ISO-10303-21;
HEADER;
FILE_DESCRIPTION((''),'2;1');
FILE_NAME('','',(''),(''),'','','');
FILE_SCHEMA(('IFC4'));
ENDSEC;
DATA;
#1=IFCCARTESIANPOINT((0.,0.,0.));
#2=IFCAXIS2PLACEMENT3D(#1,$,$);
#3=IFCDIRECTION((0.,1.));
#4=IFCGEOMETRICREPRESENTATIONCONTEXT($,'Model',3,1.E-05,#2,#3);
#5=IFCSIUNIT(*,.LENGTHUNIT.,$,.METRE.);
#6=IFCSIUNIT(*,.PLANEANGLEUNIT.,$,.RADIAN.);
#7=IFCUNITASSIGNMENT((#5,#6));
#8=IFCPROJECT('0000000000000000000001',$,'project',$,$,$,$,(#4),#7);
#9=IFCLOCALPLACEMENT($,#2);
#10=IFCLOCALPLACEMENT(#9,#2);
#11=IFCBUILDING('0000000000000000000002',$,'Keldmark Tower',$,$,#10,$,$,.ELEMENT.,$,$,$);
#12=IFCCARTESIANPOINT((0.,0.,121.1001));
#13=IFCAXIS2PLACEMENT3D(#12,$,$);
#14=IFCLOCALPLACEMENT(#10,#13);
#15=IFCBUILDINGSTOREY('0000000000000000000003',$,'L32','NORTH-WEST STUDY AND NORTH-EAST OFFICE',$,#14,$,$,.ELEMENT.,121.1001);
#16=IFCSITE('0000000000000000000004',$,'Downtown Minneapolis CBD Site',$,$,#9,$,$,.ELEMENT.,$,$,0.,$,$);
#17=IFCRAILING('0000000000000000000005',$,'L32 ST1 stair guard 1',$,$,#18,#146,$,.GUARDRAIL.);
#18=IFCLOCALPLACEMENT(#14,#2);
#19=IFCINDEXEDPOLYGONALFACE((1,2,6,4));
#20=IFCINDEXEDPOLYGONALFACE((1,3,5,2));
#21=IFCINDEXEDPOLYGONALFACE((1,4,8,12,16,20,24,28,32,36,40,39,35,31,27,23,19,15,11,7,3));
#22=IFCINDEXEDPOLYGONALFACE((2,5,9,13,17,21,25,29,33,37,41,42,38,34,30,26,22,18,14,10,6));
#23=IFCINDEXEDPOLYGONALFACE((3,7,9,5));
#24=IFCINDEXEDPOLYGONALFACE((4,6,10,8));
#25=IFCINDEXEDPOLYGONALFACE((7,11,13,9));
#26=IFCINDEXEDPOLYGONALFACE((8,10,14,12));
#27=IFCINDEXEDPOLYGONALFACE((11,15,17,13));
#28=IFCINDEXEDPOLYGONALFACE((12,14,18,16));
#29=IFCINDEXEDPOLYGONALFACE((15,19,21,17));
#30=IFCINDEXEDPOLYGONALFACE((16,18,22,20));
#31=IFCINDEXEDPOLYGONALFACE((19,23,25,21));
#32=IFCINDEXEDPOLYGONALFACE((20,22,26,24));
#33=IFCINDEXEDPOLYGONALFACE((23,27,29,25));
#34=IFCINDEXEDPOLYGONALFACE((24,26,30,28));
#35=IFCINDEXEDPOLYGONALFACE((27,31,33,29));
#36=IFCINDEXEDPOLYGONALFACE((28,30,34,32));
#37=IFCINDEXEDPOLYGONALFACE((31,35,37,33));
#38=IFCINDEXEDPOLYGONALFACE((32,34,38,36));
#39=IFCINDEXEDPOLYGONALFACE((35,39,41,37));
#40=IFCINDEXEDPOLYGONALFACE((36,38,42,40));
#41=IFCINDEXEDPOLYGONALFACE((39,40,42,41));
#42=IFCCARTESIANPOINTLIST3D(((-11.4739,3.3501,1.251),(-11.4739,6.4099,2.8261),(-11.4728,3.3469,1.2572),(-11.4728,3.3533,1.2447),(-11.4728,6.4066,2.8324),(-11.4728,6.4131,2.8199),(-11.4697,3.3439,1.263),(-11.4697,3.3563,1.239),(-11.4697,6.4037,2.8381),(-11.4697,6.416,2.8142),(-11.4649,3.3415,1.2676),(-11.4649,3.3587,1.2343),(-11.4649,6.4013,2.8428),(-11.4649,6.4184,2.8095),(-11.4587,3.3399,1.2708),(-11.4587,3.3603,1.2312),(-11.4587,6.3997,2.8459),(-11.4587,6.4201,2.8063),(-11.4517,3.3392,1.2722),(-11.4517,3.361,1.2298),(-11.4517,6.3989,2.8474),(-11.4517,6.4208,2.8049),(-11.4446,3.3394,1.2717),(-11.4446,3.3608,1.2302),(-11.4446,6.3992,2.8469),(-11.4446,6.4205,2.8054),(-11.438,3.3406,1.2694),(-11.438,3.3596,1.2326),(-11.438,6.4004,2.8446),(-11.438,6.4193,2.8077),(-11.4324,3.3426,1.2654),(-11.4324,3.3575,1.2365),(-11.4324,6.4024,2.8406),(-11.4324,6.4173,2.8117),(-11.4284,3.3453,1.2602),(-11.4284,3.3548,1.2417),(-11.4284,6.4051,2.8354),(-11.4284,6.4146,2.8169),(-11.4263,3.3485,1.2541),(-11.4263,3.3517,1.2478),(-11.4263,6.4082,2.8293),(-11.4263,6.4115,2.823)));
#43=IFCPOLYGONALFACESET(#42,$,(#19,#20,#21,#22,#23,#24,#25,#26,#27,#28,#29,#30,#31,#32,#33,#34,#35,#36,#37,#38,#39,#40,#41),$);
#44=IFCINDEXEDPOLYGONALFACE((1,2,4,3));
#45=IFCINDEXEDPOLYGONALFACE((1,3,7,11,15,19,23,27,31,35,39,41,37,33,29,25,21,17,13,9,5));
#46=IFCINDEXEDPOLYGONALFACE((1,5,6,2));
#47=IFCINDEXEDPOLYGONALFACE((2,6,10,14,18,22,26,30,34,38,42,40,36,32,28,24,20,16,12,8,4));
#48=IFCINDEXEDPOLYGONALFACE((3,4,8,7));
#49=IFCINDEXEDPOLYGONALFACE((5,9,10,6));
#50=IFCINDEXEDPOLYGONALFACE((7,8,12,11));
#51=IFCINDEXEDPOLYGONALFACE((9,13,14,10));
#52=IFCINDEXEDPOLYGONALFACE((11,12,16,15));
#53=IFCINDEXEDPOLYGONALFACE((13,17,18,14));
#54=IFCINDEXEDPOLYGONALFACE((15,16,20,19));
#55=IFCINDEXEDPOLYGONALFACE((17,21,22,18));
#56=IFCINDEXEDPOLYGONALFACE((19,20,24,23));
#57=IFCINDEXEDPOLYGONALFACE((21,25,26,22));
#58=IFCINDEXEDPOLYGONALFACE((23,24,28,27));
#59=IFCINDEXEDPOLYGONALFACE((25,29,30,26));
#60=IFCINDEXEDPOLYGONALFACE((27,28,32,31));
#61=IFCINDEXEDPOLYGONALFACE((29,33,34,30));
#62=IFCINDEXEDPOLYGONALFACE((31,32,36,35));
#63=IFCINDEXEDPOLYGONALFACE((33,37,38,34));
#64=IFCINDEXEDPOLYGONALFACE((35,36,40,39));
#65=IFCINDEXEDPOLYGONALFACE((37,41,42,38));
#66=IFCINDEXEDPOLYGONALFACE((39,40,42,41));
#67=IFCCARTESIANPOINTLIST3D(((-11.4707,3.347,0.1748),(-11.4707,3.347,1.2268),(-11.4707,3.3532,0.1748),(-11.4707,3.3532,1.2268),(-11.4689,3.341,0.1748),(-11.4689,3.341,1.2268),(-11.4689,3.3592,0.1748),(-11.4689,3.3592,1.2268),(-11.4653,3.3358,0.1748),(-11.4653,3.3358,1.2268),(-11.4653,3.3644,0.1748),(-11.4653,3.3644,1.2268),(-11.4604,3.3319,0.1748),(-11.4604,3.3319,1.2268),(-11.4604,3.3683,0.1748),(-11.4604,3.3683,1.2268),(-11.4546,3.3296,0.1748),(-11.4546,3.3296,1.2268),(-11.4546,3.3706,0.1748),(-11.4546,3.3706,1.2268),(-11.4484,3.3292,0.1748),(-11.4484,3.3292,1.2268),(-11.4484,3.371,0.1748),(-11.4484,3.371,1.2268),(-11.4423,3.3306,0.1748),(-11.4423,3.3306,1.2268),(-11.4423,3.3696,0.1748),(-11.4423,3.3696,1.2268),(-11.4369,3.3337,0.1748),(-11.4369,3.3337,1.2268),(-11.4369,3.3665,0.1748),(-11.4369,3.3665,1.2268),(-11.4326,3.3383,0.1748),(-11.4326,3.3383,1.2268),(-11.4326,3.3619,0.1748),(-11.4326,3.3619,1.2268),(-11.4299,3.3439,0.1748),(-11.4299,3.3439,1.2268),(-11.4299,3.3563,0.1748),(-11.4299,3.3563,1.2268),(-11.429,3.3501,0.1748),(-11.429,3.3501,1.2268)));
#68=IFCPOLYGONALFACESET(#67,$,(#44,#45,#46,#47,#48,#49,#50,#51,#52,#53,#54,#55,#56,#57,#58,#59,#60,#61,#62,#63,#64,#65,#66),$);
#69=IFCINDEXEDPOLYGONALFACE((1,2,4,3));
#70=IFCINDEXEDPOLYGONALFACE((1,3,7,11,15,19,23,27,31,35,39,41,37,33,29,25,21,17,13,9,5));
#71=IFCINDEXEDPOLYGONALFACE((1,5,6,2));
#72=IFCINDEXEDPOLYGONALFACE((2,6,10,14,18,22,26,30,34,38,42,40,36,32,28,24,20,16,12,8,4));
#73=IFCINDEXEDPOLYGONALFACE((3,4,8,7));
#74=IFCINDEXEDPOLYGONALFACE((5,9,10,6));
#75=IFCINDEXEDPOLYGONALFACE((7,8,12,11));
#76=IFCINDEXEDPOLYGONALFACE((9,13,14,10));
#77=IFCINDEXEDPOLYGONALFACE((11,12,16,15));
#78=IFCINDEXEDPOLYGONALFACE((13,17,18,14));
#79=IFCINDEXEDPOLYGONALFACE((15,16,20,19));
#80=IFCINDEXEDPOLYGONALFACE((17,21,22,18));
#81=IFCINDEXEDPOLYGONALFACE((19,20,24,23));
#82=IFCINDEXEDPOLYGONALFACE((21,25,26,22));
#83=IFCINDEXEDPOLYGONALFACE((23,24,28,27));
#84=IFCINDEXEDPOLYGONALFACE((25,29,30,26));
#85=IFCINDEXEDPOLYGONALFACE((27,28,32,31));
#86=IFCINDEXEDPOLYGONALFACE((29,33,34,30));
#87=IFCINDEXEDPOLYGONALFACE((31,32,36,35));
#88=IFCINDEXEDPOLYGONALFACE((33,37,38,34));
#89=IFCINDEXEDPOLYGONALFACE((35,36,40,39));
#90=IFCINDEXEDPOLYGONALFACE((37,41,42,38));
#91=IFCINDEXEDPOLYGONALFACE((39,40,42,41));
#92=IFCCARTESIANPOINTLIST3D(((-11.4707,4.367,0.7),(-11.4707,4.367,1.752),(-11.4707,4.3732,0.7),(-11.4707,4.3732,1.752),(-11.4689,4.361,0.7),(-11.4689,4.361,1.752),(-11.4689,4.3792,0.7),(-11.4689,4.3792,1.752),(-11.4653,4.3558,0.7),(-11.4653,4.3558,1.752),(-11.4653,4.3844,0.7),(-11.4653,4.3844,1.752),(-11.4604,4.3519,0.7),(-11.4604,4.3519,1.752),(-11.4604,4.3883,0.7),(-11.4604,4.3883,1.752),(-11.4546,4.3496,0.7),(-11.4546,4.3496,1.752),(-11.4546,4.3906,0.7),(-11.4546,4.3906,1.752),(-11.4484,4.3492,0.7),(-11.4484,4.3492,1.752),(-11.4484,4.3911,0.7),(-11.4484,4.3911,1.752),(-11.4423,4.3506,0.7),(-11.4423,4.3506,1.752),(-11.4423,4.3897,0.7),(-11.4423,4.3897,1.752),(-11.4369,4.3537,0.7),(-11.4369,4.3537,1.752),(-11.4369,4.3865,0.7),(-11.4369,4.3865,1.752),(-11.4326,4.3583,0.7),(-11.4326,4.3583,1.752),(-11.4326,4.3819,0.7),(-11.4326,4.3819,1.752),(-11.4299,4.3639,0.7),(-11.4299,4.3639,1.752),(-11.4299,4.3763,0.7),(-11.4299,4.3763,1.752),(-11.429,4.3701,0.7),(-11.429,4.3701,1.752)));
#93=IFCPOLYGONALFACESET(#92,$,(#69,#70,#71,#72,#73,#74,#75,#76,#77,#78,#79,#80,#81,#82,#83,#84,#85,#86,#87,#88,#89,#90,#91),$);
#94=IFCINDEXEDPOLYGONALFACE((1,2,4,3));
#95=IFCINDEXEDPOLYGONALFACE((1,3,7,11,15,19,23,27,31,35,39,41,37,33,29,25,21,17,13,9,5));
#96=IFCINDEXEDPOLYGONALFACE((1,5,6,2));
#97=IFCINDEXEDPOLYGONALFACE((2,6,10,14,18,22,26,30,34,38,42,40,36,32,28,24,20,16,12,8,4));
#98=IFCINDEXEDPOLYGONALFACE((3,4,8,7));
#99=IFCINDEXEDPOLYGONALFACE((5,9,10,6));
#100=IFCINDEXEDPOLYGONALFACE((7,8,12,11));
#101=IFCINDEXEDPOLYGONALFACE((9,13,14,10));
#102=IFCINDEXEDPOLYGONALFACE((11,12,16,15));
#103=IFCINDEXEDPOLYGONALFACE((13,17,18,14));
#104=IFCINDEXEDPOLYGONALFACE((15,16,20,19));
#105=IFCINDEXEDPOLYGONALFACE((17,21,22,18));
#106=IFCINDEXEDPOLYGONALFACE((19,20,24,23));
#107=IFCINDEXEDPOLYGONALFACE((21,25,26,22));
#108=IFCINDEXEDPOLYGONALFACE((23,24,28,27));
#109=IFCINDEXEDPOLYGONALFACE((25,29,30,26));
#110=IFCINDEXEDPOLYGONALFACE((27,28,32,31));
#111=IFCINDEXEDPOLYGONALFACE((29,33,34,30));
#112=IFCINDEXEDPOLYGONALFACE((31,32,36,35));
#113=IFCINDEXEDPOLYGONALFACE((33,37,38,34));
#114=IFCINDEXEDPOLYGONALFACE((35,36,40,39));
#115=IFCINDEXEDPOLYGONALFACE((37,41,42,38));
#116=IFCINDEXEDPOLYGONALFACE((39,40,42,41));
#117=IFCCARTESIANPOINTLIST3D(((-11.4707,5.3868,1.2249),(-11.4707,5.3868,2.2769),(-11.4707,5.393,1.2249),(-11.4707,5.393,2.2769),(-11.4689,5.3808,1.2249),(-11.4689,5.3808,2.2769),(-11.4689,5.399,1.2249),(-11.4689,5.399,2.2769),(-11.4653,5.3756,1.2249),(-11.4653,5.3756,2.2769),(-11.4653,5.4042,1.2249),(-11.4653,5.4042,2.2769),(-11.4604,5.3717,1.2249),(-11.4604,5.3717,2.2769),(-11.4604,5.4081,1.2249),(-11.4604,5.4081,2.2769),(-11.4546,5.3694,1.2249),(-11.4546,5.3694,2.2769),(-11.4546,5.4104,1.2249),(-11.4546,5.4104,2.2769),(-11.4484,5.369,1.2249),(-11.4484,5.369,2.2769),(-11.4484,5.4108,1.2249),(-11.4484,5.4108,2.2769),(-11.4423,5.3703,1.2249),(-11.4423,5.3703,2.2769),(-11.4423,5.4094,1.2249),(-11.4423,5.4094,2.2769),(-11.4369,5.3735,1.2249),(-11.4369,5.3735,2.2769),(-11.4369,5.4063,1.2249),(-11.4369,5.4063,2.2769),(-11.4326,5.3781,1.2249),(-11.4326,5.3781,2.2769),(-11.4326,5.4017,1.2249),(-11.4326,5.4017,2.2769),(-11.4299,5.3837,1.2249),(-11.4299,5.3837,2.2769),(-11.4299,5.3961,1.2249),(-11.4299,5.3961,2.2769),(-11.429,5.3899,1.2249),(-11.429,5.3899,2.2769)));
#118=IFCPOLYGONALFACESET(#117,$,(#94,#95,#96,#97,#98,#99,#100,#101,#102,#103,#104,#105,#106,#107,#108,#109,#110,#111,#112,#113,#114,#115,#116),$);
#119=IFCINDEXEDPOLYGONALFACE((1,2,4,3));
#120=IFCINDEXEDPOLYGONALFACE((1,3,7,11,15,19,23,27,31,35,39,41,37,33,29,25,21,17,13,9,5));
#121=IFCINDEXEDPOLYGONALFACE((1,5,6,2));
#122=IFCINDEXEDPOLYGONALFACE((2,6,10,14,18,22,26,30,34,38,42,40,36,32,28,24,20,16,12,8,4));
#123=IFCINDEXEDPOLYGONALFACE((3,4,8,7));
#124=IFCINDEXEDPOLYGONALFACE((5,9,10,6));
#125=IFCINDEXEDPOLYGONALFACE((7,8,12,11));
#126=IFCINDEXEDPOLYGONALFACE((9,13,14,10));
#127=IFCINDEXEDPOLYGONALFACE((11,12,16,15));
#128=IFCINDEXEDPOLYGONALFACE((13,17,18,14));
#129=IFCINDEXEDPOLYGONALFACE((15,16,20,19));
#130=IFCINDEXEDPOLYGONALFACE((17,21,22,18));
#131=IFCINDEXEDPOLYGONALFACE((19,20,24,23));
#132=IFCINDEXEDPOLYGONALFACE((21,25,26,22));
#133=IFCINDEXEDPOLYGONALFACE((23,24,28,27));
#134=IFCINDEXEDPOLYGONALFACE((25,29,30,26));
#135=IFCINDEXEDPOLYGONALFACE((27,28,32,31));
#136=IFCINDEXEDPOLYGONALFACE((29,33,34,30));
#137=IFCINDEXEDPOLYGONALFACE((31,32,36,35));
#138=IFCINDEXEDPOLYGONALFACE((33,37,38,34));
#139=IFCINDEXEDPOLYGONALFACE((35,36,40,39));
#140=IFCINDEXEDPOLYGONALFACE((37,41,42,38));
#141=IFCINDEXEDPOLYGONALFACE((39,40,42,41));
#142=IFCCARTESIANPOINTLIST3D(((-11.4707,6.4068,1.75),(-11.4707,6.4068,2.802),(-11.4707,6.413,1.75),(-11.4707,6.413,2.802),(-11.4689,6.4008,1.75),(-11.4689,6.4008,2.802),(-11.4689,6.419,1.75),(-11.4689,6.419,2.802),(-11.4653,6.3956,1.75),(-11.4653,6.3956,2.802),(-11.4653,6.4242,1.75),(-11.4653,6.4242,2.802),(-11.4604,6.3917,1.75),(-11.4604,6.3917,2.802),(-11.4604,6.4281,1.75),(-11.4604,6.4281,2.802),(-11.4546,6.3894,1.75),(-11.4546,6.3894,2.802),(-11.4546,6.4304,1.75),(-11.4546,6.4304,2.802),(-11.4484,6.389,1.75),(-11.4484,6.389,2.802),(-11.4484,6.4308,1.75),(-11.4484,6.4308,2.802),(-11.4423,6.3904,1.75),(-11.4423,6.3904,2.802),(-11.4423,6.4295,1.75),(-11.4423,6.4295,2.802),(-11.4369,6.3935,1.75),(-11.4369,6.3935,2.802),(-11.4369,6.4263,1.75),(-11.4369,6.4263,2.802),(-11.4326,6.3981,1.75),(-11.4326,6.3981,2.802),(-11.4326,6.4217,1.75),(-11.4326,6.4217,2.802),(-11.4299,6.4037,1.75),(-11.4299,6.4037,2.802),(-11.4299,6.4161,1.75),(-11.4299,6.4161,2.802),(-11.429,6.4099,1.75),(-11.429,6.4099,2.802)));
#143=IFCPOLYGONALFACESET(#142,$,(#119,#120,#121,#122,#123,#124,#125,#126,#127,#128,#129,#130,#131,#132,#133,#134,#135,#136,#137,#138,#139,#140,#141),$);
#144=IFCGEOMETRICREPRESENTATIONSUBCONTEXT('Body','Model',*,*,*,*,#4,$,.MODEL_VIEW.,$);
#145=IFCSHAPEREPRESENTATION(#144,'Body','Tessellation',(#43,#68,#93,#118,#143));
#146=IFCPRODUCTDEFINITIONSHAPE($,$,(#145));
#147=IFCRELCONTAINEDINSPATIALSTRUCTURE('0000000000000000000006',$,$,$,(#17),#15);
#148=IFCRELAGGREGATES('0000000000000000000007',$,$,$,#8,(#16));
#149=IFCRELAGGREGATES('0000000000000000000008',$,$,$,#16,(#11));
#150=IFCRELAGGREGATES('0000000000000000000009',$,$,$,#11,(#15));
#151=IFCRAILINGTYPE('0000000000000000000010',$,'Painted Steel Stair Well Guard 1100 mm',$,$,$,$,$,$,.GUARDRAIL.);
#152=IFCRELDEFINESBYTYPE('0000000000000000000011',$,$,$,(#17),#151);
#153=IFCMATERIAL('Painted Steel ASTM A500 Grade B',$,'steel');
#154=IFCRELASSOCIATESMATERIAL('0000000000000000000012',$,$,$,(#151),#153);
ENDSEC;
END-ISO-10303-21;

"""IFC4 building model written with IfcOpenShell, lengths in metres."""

from ifc_helpers import new_model, si_unit, direction, frame, origin, origin_2d, place, context, subcontext, project, spatial, circle, extrude, material, type_object, element, save


model = new_model("IFC4")

# Units and contexts
model_context = context("Model", 3, precision=1e-05, world=origin(), true_north=direction((0.0, 1.0)))
body_context = subcontext(model_context, "Body", "Model", "MODEL_VIEW")
ifc_project = project(units=[si_unit("LENGTHUNIT", "METRE"), si_unit("PLANEANGLEUNIT", "RADIAN")], contexts=[model_context])

# Site, building, storey
site_placement = place(None, origin())
site = spatial("IfcSite", under=ifc_project, at=site_placement, Name="Downtown Minneapolis CBD Site", CompositionType="ELEMENT", RefElevation=0.0)
building_placement = place(site_placement, origin())
building = spatial("IfcBuilding", under=site, at=building_placement, Name="Keldmark Tower", CompositionType="ELEMENT")
storey_placement = place(building_placement, frame((0.0, 0.0, 121.1001)))
storey = spatial("IfcBuildingStorey", under=building, at=storey_placement, Name="L32", Description="NORTH-WEST STUDY AND NORTH-EAST OFFICE", CompositionType="ELEMENT", Elevation=121.1001)

# Railing
ifc_material_1 = material(Name="Painted Steel ASTM A500 Grade B", Category="steel")
railing_type_1 = type_object("IfcRailingType", Name="Painted Steel Stair Well Guard 1100 mm", PredefinedType="GUARDRAIL", material=ifc_material_1)
railing_1_placement = place(storey_placement, frame((-11.45, 3.3501, 0.1748)))
element("IfcRailing", 1, at=railing_1_placement, inside=storey, type_object=railing_type_1, Name="L32 ST1 stair guard 1", PredefinedType="GUARDRAIL", context=body_context, shape_type="SweptSolid", body=[
    extrude(circle(Radius=0.0239, at=origin_2d()), frame((0.0, 0.0, 1.0762), z_axis=(0.0, 0.889101, 0.45771), x_axis=(-1.0, 0.0, 0.0)), (0.0, 0.0, 1.0), 3.4414),
    extrude(circle(Radius=0.021, at=origin_2d()), origin(), (0.0, 0.0, 1.0), 1.052),
    extrude(circle(Radius=0.021, at=origin_2d()), frame((0.0, 1.02, 0.5251)), (0.0, 0.0, 1.0), 1.052),
    extrude(circle(Radius=0.021, at=origin_2d()), frame((0.0, 2.0398, 1.05)), (0.0, 0.0, 1.0), 1.052),
    extrude(circle(Radius=0.021, at=origin_2d()), frame((0.0, 3.0598, 1.5752)), (0.0, 0.0, 1.0), 1.052),
])

save(model, "model.ifc")
